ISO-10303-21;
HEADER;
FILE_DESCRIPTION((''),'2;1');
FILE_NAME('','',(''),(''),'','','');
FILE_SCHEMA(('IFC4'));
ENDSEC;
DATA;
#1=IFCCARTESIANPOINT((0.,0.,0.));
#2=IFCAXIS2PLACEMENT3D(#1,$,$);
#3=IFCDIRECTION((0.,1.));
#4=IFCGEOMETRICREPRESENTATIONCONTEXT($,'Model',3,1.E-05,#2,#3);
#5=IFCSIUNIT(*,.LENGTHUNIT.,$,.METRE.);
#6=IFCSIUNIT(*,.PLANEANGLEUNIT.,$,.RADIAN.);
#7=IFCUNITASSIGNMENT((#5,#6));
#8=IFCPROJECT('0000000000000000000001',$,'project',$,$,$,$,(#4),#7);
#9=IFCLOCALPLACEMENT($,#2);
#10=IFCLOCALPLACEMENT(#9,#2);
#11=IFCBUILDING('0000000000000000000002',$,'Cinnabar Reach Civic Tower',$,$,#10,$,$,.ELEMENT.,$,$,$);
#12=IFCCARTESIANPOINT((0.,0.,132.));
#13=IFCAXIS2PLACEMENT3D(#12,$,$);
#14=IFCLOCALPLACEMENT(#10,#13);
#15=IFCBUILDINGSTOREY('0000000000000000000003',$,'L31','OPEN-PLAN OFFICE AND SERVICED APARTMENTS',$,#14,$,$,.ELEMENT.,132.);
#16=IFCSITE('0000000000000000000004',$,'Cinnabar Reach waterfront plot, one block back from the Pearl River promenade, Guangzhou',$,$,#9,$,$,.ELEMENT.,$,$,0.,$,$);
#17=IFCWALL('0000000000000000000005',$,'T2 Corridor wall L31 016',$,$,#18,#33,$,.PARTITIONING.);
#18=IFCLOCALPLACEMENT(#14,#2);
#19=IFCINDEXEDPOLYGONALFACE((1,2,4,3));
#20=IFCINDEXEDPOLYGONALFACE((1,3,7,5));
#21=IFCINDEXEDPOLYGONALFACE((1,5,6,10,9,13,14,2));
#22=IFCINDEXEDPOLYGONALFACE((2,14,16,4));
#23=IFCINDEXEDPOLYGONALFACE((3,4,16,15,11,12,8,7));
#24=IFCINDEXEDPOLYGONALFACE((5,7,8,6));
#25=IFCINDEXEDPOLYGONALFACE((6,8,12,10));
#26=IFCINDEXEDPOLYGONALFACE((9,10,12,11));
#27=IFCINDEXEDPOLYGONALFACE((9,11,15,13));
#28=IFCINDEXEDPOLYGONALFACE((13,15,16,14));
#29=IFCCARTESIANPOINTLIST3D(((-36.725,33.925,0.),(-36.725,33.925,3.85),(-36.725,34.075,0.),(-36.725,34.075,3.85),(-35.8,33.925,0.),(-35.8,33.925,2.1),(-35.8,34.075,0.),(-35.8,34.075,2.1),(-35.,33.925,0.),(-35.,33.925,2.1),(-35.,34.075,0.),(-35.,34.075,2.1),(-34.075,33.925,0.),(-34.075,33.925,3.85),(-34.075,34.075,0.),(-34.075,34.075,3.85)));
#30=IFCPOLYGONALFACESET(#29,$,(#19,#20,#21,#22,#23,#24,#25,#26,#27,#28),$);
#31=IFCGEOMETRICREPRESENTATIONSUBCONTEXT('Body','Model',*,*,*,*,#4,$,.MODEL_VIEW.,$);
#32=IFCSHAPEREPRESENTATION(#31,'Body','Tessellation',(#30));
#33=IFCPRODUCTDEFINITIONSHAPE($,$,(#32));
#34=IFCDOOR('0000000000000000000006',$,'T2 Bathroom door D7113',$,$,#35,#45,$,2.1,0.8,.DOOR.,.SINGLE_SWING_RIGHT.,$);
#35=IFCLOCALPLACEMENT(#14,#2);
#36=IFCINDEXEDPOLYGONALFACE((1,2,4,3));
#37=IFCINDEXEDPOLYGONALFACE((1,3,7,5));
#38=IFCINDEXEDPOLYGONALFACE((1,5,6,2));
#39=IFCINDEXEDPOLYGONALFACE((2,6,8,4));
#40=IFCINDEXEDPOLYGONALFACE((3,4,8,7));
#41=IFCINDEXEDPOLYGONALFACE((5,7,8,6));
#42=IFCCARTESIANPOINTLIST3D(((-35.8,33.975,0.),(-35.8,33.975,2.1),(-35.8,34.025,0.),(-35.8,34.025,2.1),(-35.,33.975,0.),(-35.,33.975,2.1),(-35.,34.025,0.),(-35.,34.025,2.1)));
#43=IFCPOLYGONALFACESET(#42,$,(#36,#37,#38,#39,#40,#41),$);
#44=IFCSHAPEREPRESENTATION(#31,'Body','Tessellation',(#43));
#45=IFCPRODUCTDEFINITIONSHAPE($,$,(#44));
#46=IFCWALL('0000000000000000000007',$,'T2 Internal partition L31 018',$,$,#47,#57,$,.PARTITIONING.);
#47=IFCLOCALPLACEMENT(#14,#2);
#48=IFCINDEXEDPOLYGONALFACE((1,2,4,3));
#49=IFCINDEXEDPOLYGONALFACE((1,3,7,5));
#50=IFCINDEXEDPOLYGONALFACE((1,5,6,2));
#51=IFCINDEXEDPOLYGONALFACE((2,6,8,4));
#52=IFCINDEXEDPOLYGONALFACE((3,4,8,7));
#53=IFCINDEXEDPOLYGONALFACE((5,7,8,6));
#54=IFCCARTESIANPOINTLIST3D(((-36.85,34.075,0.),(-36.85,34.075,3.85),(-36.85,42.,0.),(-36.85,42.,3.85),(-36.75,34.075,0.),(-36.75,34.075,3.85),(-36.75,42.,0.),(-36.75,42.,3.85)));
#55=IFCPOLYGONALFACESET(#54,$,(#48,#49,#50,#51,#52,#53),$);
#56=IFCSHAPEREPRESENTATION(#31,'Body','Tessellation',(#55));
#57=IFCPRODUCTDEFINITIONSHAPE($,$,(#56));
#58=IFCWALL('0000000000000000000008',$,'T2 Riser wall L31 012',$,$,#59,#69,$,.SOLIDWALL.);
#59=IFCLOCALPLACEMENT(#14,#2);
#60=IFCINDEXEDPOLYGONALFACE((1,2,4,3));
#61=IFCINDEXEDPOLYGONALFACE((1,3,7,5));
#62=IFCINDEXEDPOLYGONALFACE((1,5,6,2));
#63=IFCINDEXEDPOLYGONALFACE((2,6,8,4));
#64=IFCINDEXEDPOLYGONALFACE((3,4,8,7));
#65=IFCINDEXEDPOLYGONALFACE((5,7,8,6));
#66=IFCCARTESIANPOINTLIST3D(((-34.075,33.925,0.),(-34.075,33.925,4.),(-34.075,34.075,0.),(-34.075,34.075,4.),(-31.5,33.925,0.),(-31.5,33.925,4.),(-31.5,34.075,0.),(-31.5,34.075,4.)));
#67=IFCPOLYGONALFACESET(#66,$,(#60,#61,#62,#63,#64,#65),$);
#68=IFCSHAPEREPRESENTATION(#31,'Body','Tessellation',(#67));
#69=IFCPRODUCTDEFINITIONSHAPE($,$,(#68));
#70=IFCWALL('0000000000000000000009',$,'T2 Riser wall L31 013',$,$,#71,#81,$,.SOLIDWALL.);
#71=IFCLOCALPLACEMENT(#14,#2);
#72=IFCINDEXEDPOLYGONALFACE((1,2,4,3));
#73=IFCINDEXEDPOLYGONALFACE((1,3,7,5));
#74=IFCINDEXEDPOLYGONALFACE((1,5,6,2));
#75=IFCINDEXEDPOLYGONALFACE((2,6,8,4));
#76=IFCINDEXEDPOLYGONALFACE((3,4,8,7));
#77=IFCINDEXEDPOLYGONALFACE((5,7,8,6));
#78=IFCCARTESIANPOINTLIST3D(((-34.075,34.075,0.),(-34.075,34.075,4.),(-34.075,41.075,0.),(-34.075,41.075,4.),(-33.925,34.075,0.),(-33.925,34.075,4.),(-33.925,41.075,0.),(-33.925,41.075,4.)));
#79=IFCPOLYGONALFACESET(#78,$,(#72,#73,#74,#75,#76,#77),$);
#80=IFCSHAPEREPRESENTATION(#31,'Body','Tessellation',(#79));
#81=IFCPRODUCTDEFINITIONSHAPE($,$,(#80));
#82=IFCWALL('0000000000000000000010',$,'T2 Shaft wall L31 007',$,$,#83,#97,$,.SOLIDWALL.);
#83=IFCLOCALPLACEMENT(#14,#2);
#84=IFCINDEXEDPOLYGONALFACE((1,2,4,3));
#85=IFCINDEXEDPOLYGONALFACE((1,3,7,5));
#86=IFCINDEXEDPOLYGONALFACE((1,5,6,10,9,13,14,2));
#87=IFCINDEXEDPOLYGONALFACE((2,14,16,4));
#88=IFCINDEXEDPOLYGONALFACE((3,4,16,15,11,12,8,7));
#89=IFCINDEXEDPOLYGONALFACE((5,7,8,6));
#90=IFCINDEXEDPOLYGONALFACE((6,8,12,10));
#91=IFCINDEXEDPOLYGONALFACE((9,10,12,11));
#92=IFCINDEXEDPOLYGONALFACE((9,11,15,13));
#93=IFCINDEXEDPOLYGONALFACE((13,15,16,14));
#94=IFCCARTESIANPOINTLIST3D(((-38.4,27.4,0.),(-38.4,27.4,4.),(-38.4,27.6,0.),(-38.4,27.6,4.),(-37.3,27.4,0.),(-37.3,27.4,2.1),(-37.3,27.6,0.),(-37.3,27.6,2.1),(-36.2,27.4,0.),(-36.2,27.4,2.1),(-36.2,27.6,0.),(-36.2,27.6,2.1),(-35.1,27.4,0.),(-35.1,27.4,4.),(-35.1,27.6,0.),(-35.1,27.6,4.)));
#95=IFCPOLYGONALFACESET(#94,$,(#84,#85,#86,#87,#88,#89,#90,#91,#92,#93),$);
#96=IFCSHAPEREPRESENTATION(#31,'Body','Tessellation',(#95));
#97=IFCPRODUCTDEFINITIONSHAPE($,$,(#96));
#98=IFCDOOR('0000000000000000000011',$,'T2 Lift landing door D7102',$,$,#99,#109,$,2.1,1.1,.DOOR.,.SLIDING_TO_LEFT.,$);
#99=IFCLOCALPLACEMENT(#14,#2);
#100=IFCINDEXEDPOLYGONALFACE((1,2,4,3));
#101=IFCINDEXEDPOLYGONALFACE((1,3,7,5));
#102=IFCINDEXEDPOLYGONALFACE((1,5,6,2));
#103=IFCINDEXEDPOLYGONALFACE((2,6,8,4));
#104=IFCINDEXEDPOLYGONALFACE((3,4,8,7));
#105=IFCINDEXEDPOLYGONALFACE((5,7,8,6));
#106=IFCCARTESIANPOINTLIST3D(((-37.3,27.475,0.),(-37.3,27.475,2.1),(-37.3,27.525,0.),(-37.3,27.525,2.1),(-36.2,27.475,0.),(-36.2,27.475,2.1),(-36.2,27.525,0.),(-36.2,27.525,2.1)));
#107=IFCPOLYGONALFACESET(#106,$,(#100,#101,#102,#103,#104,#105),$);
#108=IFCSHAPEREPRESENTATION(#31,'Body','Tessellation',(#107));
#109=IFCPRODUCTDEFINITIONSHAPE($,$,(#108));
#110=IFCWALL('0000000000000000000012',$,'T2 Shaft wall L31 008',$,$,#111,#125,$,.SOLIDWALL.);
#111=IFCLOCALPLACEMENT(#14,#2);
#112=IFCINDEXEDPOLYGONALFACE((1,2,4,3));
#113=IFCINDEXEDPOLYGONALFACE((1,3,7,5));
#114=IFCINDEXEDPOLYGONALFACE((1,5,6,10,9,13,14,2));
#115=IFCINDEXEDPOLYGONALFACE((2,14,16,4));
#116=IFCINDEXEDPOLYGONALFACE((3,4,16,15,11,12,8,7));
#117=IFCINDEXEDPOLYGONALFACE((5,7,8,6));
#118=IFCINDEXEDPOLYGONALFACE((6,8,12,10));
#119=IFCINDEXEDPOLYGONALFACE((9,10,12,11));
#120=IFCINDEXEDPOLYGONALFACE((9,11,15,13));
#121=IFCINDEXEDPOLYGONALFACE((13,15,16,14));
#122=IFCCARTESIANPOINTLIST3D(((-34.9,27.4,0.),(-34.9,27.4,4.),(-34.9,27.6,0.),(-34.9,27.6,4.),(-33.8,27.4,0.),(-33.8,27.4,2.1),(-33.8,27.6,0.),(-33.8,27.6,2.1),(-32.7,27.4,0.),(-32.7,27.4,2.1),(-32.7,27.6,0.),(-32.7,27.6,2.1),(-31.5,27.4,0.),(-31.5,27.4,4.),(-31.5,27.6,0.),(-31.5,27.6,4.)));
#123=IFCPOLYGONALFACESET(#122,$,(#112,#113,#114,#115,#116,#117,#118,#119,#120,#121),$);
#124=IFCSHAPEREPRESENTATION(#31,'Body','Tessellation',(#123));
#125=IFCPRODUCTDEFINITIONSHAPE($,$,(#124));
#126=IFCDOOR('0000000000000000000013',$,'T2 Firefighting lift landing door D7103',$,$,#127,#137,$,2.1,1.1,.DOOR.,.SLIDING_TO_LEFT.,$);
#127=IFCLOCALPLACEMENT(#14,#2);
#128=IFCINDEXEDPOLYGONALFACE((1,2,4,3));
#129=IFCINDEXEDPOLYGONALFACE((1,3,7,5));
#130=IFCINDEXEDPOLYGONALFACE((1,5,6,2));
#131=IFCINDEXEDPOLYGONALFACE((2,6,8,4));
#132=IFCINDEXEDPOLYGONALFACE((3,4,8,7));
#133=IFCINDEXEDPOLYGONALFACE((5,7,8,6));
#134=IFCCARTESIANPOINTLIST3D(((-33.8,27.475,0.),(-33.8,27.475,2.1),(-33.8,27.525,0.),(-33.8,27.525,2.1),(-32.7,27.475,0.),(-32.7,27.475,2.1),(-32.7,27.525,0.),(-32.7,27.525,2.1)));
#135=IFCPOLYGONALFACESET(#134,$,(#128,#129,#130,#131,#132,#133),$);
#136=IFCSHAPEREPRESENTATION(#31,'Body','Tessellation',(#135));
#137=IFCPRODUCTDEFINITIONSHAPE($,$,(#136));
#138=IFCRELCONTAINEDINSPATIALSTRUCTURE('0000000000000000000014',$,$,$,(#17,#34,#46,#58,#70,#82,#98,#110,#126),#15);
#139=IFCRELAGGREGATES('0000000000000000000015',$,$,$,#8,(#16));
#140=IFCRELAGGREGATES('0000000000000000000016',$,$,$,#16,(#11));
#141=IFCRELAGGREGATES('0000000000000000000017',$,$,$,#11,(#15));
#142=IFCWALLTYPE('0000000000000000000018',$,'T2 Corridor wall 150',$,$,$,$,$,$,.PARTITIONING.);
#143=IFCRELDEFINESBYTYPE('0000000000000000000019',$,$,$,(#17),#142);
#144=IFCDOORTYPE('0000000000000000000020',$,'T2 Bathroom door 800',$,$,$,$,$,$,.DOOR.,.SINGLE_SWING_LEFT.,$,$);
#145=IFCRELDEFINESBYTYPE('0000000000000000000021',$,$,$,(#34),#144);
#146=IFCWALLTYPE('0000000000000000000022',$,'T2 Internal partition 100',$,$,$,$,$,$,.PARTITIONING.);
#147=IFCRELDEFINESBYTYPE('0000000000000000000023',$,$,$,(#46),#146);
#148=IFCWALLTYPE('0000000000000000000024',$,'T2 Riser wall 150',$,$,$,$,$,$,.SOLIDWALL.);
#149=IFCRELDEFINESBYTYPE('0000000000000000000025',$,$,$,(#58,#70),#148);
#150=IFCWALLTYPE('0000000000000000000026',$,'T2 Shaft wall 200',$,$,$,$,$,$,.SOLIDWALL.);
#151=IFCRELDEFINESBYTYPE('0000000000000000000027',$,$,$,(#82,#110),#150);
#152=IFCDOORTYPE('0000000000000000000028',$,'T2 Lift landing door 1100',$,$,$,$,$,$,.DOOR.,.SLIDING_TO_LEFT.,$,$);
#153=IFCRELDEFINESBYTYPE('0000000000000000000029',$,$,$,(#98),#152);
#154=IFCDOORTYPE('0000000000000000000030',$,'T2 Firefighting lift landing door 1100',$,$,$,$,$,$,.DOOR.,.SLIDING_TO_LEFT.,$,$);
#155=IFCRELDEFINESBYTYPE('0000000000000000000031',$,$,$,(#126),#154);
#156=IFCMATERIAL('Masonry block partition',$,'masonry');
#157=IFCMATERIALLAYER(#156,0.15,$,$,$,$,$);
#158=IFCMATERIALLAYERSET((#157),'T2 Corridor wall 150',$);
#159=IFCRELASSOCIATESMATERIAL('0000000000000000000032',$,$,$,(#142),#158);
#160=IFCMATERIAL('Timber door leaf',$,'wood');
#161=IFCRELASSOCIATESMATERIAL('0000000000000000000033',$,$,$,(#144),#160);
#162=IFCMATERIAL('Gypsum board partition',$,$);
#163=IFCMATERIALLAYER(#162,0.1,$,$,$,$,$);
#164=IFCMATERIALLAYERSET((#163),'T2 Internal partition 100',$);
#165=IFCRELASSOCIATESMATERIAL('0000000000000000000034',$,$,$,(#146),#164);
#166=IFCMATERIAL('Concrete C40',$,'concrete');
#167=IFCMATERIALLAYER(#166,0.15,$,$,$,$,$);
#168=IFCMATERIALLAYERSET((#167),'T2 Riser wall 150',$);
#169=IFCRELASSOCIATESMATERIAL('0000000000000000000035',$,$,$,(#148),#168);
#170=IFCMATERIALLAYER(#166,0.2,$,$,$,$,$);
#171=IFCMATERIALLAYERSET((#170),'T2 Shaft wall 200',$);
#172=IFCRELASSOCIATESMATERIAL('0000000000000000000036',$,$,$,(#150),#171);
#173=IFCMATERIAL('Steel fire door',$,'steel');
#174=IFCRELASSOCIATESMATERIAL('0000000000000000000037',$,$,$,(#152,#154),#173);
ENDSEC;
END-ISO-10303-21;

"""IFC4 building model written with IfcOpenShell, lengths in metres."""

from ifc_helpers import new_model, si_unit, direction, frame, frame_2d, origin, place, context, subcontext, project, spatial, rectangle, extrude, material, layer, layer_set, type_object, element, fill, save


model = new_model("IFC4")

# Units and contexts
model_context = context("Model", 3, precision=1e-05, world=origin(), true_north=direction((0.0, 1.0)))
body_context = subcontext(model_context, "Body", "Model", "MODEL_VIEW")
ifc_project = project(units=[si_unit("LENGTHUNIT", "METRE"), si_unit("PLANEANGLEUNIT", "RADIAN")], contexts=[model_context])

# Site, building, storey
site_placement = place(None, origin())
site = spatial("IfcSite", under=ifc_project, at=site_placement, Name="Cinnabar Reach waterfront plot, one block back from the Pearl River promenade, Guangzhou", CompositionType="ELEMENT", RefElevation=0.0)
building_placement = place(site_placement, origin())
building = spatial("IfcBuilding", under=site, at=building_placement, Name="Cinnabar Reach Civic Tower", CompositionType="ELEMENT")
storey_placement = place(building_placement, frame((0.0, 0.0, 132.0)))
storey = spatial("IfcBuildingStorey", under=building, at=storey_placement, Name="L31", Description="OPEN-PLAN OFFICE AND SERVICED APARTMENTS", CompositionType="ELEMENT", Elevation=132.0)

# Wall, opening, door
ifc_material_1 = material(Name="Steel fire door", Category="steel")
ifc_material_2 = material(Name="Masonry block partition", Category="masonry")
ifc_layer_1 = layer(ifc_material_2, 0.15)
ifc_layer_set_1 = layer_set([ifc_layer_1], Name="T2 Corridor wall 150")
wall_type_1 = type_object("IfcWallType", Name="T2 Corridor wall 150", PredefinedType="PARTITIONING", material=ifc_layer_set_1)
ifc_material_3 = material(Name="Timber door leaf", Category="wood")
door_type_1 = type_object("IfcDoorType", Name="T2 Bathroom door 800", OperationType="SINGLE_SWING_LEFT", PredefinedType="DOOR", material=ifc_material_3)
wall_1_placement = place(storey_placement, frame((-34.075, 34.0, 0.0), z_axis=(0.0, 0.0, 1.0), x_axis=(-1.0, 0.0, 0.0)))
wall_1 = element("IfcWall", 1, at=wall_1_placement, inside=storey, type_object=wall_type_1, Name="T2 Corridor wall L31 016", PredefinedType="PARTITIONING", context=body_context, shape_type="SweptSolid", body=[
    extrude(rectangle(XDim=2.65, YDim=0.15, at=frame_2d((1.325, 0.0))), origin(), (0.0, 0.0, 1.0), 3.85),
])
opening_1_placement = place(wall_1_placement, frame((0.925, 0.0, 0.0)))
opening_1 = element("IfcOpeningElement", 2, at=opening_1_placement, cuts=wall_1, PredefinedType="OPENING", context=body_context, shape_type="SweptSolid", body=[
    extrude(rectangle(XDim=0.8, YDim=2.1, at=frame_2d((0.4, 1.05))), frame((0.0, 0.085, 0.0), z_axis=(0.0, -1.0, 0.0), x_axis=(1.0, 0.0, 0.0)), (0.0, 0.0, 1.0), 0.17),
])
door_1_placement = place(opening_1_placement, frame((0.8, 0.0, 0.0), z_axis=(0.0, 0.0, 1.0), x_axis=(-1.0, 0.0, 0.0)))
door_1 = element("IfcDoor", 3, at=door_1_placement, inside=storey, type_object=door_type_1, Name="T2 Bathroom door D7113", OperationType="SINGLE_SWING_RIGHT", OverallHeight=2.1, OverallWidth=0.8, PredefinedType="DOOR", context=body_context, shape_type="SweptSolid", body=[
    extrude(rectangle(XDim=0.8, YDim=2.1, at=frame_2d((0.4, 1.05))), frame((0.0, 0.025, 0.0), z_axis=(0.0, -1.0, 0.0), x_axis=(1.0, 0.0, 0.0)), (0.0, 0.0, 1.0), 0.05),
])
fill(opening_1, door_1)

# Walls
ifc_material_4 = material(Name="Gypsum board partition")
ifc_layer_2 = layer(ifc_material_4, 0.1)
ifc_layer_set_2 = layer_set([ifc_layer_2], Name="T2 Internal partition 100")
wall_type_2 = type_object("IfcWallType", Name="T2 Internal partition 100", PredefinedType="PARTITIONING", material=ifc_layer_set_2)
wall_2_placement = place(storey_placement, frame((-36.8, 34.075, 0.0), z_axis=(0.0, 0.0, 1.0), x_axis=(0.0, 1.0, 0.0)))
element("IfcWall", 4, at=wall_2_placement, inside=storey, type_object=wall_type_2, Name="T2 Internal partition L31 018", PredefinedType="PARTITIONING", context=body_context, shape_type="SweptSolid", body=[
    extrude(rectangle(XDim=7.925, YDim=0.1, at=frame_2d((3.9625, 0.0))), origin(), (0.0, 0.0, 1.0), 3.85),
])
ifc_material_5 = material(Name="Concrete C40", Category="concrete")
ifc_layer_3 = layer(ifc_material_5, 0.15)
ifc_layer_set_3 = layer_set([ifc_layer_3], Name="T2 Riser wall 150")
wall_type_3 = type_object("IfcWallType", Name="T2 Riser wall 150", PredefinedType="SOLIDWALL", material=ifc_layer_set_3)
wall_3_placement = place(storey_placement, frame((-34.075, 34.0, 0.0), z_axis=(0.0, 0.0, 1.0), x_axis=(1.0, 0.0, 0.0)))
element("IfcWall", 5, at=wall_3_placement, inside=storey, type_object=wall_type_3, Name="T2 Riser wall L31 012", PredefinedType="SOLIDWALL", context=body_context, shape_type="SweptSolid", body=[
    extrude(rectangle(XDim=2.575, YDim=0.15, at=frame_2d((1.2875, 0.0))), origin(), (0.0, 0.0, 1.0), 4.0),
])
wall_4_placement = place(storey_placement, frame((-34.0, 41.075, 0.0), z_axis=(0.0, 0.0, 1.0), x_axis=(0.0, -1.0, 0.0)))
element("IfcWall", 6, at=wall_4_placement, inside=storey, type_object=wall_type_3, Name="T2 Riser wall L31 013", PredefinedType="SOLIDWALL", context=body_context, shape_type="SweptSolid", body=[
    extrude(rectangle(XDim=7.0, YDim=0.15, at=frame_2d((3.5, 0.0))), origin(), (0.0, 0.0, 1.0), 4.0),
])

# Walls, openings, doors
ifc_layer_4 = layer(ifc_material_5, 0.2)
ifc_layer_set_4 = layer_set([ifc_layer_4], Name="T2 Shaft wall 200")
wall_type_4 = type_object("IfcWallType", Name="T2 Shaft wall 200", PredefinedType="SOLIDWALL", material=ifc_layer_set_4)
wall_5_placement = place(storey_placement, frame((-38.4, 27.5, 0.0), z_axis=(0.0, 0.0, 1.0), x_axis=(1.0, 0.0, 0.0)))
wall_5 = element("IfcWall", 7, at=wall_5_placement, inside=storey, type_object=wall_type_4, Name="T2 Shaft wall L31 007", PredefinedType="SOLIDWALL", context=body_context, shape_type="SweptSolid", body=[
    extrude(rectangle(XDim=3.3, YDim=0.2, at=frame_2d((1.65, 0.0))), origin(), (0.0, 0.0, 1.0), 4.0),
])
opening_2_placement = place(wall_5_placement, frame((1.1, 0.0, 0.0)))
opening_2 = element("IfcOpeningElement", 8, at=opening_2_placement, cuts=wall_5, PredefinedType="OPENING", context=body_context, shape_type="SweptSolid", body=[
    extrude(rectangle(XDim=1.1, YDim=2.1, at=frame_2d((0.55, 1.05))), frame((0.0, 0.11, 0.0), z_axis=(0.0, -1.0, 0.0), x_axis=(1.0, 0.0, 0.0)), (0.0, 0.0, 1.0), 0.22),
])
door_type_2 = type_object("IfcDoorType", Name="T2 Lift landing door 1100", OperationType="SLIDING_TO_LEFT", PredefinedType="DOOR", material=ifc_material_1)
door_2_placement = place(opening_2_placement, origin())
door_2 = element("IfcDoor", 9, at=door_2_placement, inside=storey, type_object=door_type_2, Name="T2 Lift landing door D7102", OperationType="SLIDING_TO_LEFT", OverallHeight=2.1, OverallWidth=1.1, PredefinedType="DOOR", context=body_context, shape_type="SweptSolid", body=[
    extrude(rectangle(XDim=1.1, YDim=2.1, at=frame_2d((0.55, 1.05))), frame((0.0, 0.025, 0.0), z_axis=(0.0, -1.0, 0.0), x_axis=(1.0, 0.0, 0.0)), (0.0, 0.0, 1.0), 0.05),
])
fill(opening_2, door_2)
wall_6_placement = place(storey_placement, frame((-34.9, 27.5, 0.0), z_axis=(0.0, 0.0, 1.0), x_axis=(1.0, 0.0, 0.0)))
wall_6 = element("IfcWall", 10, at=wall_6_placement, inside=storey, type_object=wall_type_4, Name="T2 Shaft wall L31 008", PredefinedType="SOLIDWALL", context=body_context, shape_type="SweptSolid", body=[
    extrude(rectangle(XDim=3.4, YDim=0.2, at=frame_2d((1.7, 0.0))), origin(), (0.0, 0.0, 1.0), 4.0),
])
opening_3_placement = place(wall_6_placement, frame((1.1, 0.0, 0.0)))
opening_3 = element("IfcOpeningElement", 11, at=opening_3_placement, cuts=wall_6, PredefinedType="OPENING", context=body_context, shape_type="SweptSolid", body=[
    extrude(rectangle(XDim=1.1, YDim=2.1, at=frame_2d((0.55, 1.05))), frame((0.0, 0.11, 0.0), z_axis=(0.0, -1.0, 0.0), x_axis=(1.0, 0.0, 0.0)), (0.0, 0.0, 1.0), 0.22),
])
door_type_3 = type_object("IfcDoorType", Name="T2 Firefighting lift landing door 1100", OperationType="SLIDING_TO_LEFT", PredefinedType="DOOR", material=ifc_material_1)
door_3_placement = place(opening_3_placement, origin())
door_3 = element("IfcDoor", 12, at=door_3_placement, inside=storey, type_object=door_type_3, Name="T2 Firefighting lift landing door D7103", OperationType="SLIDING_TO_LEFT", OverallHeight=2.1, OverallWidth=1.1, PredefinedType="DOOR", context=body_context, shape_type="SweptSolid", body=[
    extrude(rectangle(XDim=1.1, YDim=2.1, at=frame_2d((0.55, 1.05))), frame((0.0, 0.025, 0.0), z_axis=(0.0, -1.0, 0.0), x_axis=(1.0, 0.0, 0.0)), (0.0, 0.0, 1.0), 0.05),
])
fill(opening_3, door_3)

save(model, "model.ifc")
